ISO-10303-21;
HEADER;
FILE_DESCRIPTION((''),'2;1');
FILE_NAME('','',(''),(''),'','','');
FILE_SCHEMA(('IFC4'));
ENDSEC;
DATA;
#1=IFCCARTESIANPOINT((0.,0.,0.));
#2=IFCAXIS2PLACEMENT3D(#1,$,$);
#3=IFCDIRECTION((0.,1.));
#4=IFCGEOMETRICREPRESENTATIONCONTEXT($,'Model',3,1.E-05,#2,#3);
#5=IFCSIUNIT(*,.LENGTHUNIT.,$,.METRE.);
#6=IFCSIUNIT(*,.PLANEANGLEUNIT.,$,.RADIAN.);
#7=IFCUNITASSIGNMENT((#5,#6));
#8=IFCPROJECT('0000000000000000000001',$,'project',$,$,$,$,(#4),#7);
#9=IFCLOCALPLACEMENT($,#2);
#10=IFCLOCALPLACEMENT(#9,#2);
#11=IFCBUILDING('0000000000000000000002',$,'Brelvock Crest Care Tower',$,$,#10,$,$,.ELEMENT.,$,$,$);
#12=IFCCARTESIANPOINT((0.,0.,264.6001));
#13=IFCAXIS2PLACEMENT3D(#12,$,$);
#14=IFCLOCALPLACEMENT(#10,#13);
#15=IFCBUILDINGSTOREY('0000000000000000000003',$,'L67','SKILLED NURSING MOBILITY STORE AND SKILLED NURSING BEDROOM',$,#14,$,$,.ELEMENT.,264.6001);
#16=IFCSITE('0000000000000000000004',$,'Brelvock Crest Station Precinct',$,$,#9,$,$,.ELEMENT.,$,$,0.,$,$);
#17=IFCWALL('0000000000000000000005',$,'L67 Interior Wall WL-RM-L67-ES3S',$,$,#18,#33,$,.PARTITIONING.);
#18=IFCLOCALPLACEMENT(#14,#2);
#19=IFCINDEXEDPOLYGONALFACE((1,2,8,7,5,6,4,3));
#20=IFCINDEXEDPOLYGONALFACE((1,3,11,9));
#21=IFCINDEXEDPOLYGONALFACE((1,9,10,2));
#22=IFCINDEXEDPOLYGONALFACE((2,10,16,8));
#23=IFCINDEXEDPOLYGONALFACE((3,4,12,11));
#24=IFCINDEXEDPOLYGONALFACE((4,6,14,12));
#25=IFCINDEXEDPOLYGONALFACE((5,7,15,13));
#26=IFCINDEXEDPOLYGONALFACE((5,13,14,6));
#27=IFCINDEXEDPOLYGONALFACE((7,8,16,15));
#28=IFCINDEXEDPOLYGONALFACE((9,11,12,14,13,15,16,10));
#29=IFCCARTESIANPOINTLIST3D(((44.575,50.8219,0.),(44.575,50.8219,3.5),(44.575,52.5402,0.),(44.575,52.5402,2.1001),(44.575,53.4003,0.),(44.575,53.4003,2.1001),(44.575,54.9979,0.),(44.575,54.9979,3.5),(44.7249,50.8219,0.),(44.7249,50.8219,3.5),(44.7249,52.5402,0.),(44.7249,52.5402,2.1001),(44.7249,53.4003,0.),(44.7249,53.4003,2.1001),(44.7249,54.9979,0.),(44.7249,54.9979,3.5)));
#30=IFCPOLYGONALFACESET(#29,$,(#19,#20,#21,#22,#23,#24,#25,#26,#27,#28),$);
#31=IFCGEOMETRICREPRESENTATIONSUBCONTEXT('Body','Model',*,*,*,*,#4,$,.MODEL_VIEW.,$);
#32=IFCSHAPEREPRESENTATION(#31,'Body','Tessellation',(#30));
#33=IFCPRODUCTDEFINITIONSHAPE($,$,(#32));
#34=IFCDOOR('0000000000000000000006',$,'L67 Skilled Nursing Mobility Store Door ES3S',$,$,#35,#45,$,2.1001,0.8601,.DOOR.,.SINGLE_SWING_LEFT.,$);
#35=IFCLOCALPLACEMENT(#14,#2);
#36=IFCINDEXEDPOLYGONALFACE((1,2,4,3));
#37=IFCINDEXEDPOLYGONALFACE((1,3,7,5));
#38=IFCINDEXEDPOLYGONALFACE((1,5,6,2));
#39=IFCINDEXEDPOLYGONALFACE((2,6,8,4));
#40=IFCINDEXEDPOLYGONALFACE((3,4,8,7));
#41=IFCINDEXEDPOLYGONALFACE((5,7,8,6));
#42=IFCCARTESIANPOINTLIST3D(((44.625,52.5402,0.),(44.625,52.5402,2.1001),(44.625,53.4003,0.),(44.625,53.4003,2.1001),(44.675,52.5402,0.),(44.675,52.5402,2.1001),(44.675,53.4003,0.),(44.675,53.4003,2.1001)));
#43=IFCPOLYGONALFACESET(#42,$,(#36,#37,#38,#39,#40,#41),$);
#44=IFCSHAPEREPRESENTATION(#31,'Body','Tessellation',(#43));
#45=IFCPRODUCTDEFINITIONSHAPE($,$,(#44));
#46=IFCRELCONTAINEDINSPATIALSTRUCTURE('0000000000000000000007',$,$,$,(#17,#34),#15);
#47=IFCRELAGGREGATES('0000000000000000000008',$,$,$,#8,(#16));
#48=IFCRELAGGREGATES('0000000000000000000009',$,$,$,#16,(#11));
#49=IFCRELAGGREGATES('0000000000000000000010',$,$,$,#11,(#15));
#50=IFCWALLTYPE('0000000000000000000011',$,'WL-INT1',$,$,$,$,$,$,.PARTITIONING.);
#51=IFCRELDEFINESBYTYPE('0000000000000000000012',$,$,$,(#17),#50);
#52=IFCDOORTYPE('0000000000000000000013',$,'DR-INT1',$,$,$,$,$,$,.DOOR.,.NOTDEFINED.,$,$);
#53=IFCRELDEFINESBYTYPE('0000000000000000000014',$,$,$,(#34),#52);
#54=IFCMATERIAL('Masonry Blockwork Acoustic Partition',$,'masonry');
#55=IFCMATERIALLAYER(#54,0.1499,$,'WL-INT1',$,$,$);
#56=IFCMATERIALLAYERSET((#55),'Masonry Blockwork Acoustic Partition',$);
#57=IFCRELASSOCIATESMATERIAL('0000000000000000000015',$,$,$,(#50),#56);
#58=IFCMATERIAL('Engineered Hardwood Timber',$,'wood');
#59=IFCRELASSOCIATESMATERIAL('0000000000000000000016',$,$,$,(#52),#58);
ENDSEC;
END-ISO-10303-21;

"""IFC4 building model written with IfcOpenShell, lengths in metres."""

from ifc_helpers import new_model, si_unit, direction, frame, frame_2d, origin, origin_2d, place, context, subcontext, project, spatial, rectangle, extrude, source, transform, mapped, material, layer, layer_set, type_object, element, fill, save


model = new_model("IFC4")

# Units and contexts
model_context = context("Model", 3, precision=1e-05, world=origin(), true_north=direction((0.0, 1.0)))
body_context = subcontext(model_context, "Body", "Model", "MODEL_VIEW")
ifc_project = project(units=[si_unit("LENGTHUNIT", "METRE"), si_unit("PLANEANGLEUNIT", "RADIAN")], contexts=[model_context])

# Site, building, storey
site_placement = place(None, origin())
site = spatial("IfcSite", under=ifc_project, at=site_placement, Name="Brelvock Crest Station Precinct", CompositionType="ELEMENT", RefElevation=0.0)
building_placement = place(site_placement, origin())
building = spatial("IfcBuilding", under=site, at=building_placement, Name="Brelvock Crest Care Tower", CompositionType="ELEMENT")
storey_placement = place(building_placement, frame((0.0, 0.0, 264.6001)))
storey = spatial("IfcBuildingStorey", under=building, at=storey_placement, Name="L67", Description="SKILLED NURSING MOBILITY STORE AND SKILLED NURSING BEDROOM", CompositionType="ELEMENT", Elevation=264.6001)

# Wall, opening, door
ifc_material_1 = material(Name="Masonry Blockwork Acoustic Partition", Category="masonry")
ifc_layer_1 = layer(ifc_material_1, 0.1499, Name="WL-INT1")
ifc_layer_set_1 = layer_set([ifc_layer_1], Name="Masonry Blockwork Acoustic Partition")
wall_type_1 = type_object("IfcWallType", Name="WL-INT1", PredefinedType="PARTITIONING", material=ifc_layer_set_1)
wall_1_placement = place(storey_placement, frame((44.6499, 50.822, 0.0), z_axis=(0.0, 0.0, 1.0), x_axis=(0.0, 1.0, 0.0)))
wall_1 = element("IfcWall", 1, at=wall_1_placement, inside=storey, type_object=wall_type_1, Name="L67 Interior Wall WL-RM-L67-ES3S", PredefinedType="PARTITIONING", context=body_context, shape_type="SweptSolid", body=[
    extrude(rectangle(XDim=4.176, YDim=0.1499, at=frame_2d((2.0879, 0.0))), origin(), (0.0, 0.0, 1.0), 3.5),
])
opening_1_placement = place(wall_1_placement, frame((1.718, 0.0, 0.0)))
opening_1 = element("IfcOpeningElement", 2, at=opening_1_placement, cuts=wall_1, PredefinedType="OPENING", context=body_context, shape_type="SweptSolid", body=[
    extrude(rectangle(XDim=0.8601, YDim=2.1001, at=origin_2d()), frame((0.4302, 0.085, 1.05), z_axis=(0.0, -1.0, 0.0), x_axis=(1.0, 0.0, 0.0)), (0.0, 0.0, 1.0), 0.1699),
])
ifc_material_2 = material(Name="Engineered Hardwood Timber", Category="wood")
door_type_1 = type_object("IfcDoorType", Name="DR-INT1", OperationType="NOTDEFINED", PredefinedType="DOOR", material=ifc_material_2)
shared_shape_1 = source(origin(), body_context, "Body", "SweptSolid", [
    extrude(rectangle(XDim=0.8601, YDim=2.1001, at=origin_2d()), frame((0.4302, 0.0249, 1.05), z_axis=(0.0, -1.0, 0.0), x_axis=(1.0, 0.0, 0.0)), (0.0, 0.0, 1.0), 0.05),
])
door_1_placement = place(opening_1_placement, origin())
door_1 = element("IfcDoor", 3, at=door_1_placement, inside=storey, type_object=door_type_1, Name="L67 Skilled Nursing Mobility Store Door ES3S", OperationType="SINGLE_SWING_LEFT", OverallHeight=2.1001, OverallWidth=0.8601, PredefinedType="DOOR", context=body_context, shape_type="MappedRepresentation", body=[
    mapped(shared_shape_1, transform((0.0, 0.0, 0.0), x_axis=(1.0, 0.0, 0.0), y_axis=(0.0, 1.0, 0.0), z_axis=(0.0, 0.0, 1.0), scale=1.0)),
])
fill(opening_1, door_1)

save(model, "model.ifc")
